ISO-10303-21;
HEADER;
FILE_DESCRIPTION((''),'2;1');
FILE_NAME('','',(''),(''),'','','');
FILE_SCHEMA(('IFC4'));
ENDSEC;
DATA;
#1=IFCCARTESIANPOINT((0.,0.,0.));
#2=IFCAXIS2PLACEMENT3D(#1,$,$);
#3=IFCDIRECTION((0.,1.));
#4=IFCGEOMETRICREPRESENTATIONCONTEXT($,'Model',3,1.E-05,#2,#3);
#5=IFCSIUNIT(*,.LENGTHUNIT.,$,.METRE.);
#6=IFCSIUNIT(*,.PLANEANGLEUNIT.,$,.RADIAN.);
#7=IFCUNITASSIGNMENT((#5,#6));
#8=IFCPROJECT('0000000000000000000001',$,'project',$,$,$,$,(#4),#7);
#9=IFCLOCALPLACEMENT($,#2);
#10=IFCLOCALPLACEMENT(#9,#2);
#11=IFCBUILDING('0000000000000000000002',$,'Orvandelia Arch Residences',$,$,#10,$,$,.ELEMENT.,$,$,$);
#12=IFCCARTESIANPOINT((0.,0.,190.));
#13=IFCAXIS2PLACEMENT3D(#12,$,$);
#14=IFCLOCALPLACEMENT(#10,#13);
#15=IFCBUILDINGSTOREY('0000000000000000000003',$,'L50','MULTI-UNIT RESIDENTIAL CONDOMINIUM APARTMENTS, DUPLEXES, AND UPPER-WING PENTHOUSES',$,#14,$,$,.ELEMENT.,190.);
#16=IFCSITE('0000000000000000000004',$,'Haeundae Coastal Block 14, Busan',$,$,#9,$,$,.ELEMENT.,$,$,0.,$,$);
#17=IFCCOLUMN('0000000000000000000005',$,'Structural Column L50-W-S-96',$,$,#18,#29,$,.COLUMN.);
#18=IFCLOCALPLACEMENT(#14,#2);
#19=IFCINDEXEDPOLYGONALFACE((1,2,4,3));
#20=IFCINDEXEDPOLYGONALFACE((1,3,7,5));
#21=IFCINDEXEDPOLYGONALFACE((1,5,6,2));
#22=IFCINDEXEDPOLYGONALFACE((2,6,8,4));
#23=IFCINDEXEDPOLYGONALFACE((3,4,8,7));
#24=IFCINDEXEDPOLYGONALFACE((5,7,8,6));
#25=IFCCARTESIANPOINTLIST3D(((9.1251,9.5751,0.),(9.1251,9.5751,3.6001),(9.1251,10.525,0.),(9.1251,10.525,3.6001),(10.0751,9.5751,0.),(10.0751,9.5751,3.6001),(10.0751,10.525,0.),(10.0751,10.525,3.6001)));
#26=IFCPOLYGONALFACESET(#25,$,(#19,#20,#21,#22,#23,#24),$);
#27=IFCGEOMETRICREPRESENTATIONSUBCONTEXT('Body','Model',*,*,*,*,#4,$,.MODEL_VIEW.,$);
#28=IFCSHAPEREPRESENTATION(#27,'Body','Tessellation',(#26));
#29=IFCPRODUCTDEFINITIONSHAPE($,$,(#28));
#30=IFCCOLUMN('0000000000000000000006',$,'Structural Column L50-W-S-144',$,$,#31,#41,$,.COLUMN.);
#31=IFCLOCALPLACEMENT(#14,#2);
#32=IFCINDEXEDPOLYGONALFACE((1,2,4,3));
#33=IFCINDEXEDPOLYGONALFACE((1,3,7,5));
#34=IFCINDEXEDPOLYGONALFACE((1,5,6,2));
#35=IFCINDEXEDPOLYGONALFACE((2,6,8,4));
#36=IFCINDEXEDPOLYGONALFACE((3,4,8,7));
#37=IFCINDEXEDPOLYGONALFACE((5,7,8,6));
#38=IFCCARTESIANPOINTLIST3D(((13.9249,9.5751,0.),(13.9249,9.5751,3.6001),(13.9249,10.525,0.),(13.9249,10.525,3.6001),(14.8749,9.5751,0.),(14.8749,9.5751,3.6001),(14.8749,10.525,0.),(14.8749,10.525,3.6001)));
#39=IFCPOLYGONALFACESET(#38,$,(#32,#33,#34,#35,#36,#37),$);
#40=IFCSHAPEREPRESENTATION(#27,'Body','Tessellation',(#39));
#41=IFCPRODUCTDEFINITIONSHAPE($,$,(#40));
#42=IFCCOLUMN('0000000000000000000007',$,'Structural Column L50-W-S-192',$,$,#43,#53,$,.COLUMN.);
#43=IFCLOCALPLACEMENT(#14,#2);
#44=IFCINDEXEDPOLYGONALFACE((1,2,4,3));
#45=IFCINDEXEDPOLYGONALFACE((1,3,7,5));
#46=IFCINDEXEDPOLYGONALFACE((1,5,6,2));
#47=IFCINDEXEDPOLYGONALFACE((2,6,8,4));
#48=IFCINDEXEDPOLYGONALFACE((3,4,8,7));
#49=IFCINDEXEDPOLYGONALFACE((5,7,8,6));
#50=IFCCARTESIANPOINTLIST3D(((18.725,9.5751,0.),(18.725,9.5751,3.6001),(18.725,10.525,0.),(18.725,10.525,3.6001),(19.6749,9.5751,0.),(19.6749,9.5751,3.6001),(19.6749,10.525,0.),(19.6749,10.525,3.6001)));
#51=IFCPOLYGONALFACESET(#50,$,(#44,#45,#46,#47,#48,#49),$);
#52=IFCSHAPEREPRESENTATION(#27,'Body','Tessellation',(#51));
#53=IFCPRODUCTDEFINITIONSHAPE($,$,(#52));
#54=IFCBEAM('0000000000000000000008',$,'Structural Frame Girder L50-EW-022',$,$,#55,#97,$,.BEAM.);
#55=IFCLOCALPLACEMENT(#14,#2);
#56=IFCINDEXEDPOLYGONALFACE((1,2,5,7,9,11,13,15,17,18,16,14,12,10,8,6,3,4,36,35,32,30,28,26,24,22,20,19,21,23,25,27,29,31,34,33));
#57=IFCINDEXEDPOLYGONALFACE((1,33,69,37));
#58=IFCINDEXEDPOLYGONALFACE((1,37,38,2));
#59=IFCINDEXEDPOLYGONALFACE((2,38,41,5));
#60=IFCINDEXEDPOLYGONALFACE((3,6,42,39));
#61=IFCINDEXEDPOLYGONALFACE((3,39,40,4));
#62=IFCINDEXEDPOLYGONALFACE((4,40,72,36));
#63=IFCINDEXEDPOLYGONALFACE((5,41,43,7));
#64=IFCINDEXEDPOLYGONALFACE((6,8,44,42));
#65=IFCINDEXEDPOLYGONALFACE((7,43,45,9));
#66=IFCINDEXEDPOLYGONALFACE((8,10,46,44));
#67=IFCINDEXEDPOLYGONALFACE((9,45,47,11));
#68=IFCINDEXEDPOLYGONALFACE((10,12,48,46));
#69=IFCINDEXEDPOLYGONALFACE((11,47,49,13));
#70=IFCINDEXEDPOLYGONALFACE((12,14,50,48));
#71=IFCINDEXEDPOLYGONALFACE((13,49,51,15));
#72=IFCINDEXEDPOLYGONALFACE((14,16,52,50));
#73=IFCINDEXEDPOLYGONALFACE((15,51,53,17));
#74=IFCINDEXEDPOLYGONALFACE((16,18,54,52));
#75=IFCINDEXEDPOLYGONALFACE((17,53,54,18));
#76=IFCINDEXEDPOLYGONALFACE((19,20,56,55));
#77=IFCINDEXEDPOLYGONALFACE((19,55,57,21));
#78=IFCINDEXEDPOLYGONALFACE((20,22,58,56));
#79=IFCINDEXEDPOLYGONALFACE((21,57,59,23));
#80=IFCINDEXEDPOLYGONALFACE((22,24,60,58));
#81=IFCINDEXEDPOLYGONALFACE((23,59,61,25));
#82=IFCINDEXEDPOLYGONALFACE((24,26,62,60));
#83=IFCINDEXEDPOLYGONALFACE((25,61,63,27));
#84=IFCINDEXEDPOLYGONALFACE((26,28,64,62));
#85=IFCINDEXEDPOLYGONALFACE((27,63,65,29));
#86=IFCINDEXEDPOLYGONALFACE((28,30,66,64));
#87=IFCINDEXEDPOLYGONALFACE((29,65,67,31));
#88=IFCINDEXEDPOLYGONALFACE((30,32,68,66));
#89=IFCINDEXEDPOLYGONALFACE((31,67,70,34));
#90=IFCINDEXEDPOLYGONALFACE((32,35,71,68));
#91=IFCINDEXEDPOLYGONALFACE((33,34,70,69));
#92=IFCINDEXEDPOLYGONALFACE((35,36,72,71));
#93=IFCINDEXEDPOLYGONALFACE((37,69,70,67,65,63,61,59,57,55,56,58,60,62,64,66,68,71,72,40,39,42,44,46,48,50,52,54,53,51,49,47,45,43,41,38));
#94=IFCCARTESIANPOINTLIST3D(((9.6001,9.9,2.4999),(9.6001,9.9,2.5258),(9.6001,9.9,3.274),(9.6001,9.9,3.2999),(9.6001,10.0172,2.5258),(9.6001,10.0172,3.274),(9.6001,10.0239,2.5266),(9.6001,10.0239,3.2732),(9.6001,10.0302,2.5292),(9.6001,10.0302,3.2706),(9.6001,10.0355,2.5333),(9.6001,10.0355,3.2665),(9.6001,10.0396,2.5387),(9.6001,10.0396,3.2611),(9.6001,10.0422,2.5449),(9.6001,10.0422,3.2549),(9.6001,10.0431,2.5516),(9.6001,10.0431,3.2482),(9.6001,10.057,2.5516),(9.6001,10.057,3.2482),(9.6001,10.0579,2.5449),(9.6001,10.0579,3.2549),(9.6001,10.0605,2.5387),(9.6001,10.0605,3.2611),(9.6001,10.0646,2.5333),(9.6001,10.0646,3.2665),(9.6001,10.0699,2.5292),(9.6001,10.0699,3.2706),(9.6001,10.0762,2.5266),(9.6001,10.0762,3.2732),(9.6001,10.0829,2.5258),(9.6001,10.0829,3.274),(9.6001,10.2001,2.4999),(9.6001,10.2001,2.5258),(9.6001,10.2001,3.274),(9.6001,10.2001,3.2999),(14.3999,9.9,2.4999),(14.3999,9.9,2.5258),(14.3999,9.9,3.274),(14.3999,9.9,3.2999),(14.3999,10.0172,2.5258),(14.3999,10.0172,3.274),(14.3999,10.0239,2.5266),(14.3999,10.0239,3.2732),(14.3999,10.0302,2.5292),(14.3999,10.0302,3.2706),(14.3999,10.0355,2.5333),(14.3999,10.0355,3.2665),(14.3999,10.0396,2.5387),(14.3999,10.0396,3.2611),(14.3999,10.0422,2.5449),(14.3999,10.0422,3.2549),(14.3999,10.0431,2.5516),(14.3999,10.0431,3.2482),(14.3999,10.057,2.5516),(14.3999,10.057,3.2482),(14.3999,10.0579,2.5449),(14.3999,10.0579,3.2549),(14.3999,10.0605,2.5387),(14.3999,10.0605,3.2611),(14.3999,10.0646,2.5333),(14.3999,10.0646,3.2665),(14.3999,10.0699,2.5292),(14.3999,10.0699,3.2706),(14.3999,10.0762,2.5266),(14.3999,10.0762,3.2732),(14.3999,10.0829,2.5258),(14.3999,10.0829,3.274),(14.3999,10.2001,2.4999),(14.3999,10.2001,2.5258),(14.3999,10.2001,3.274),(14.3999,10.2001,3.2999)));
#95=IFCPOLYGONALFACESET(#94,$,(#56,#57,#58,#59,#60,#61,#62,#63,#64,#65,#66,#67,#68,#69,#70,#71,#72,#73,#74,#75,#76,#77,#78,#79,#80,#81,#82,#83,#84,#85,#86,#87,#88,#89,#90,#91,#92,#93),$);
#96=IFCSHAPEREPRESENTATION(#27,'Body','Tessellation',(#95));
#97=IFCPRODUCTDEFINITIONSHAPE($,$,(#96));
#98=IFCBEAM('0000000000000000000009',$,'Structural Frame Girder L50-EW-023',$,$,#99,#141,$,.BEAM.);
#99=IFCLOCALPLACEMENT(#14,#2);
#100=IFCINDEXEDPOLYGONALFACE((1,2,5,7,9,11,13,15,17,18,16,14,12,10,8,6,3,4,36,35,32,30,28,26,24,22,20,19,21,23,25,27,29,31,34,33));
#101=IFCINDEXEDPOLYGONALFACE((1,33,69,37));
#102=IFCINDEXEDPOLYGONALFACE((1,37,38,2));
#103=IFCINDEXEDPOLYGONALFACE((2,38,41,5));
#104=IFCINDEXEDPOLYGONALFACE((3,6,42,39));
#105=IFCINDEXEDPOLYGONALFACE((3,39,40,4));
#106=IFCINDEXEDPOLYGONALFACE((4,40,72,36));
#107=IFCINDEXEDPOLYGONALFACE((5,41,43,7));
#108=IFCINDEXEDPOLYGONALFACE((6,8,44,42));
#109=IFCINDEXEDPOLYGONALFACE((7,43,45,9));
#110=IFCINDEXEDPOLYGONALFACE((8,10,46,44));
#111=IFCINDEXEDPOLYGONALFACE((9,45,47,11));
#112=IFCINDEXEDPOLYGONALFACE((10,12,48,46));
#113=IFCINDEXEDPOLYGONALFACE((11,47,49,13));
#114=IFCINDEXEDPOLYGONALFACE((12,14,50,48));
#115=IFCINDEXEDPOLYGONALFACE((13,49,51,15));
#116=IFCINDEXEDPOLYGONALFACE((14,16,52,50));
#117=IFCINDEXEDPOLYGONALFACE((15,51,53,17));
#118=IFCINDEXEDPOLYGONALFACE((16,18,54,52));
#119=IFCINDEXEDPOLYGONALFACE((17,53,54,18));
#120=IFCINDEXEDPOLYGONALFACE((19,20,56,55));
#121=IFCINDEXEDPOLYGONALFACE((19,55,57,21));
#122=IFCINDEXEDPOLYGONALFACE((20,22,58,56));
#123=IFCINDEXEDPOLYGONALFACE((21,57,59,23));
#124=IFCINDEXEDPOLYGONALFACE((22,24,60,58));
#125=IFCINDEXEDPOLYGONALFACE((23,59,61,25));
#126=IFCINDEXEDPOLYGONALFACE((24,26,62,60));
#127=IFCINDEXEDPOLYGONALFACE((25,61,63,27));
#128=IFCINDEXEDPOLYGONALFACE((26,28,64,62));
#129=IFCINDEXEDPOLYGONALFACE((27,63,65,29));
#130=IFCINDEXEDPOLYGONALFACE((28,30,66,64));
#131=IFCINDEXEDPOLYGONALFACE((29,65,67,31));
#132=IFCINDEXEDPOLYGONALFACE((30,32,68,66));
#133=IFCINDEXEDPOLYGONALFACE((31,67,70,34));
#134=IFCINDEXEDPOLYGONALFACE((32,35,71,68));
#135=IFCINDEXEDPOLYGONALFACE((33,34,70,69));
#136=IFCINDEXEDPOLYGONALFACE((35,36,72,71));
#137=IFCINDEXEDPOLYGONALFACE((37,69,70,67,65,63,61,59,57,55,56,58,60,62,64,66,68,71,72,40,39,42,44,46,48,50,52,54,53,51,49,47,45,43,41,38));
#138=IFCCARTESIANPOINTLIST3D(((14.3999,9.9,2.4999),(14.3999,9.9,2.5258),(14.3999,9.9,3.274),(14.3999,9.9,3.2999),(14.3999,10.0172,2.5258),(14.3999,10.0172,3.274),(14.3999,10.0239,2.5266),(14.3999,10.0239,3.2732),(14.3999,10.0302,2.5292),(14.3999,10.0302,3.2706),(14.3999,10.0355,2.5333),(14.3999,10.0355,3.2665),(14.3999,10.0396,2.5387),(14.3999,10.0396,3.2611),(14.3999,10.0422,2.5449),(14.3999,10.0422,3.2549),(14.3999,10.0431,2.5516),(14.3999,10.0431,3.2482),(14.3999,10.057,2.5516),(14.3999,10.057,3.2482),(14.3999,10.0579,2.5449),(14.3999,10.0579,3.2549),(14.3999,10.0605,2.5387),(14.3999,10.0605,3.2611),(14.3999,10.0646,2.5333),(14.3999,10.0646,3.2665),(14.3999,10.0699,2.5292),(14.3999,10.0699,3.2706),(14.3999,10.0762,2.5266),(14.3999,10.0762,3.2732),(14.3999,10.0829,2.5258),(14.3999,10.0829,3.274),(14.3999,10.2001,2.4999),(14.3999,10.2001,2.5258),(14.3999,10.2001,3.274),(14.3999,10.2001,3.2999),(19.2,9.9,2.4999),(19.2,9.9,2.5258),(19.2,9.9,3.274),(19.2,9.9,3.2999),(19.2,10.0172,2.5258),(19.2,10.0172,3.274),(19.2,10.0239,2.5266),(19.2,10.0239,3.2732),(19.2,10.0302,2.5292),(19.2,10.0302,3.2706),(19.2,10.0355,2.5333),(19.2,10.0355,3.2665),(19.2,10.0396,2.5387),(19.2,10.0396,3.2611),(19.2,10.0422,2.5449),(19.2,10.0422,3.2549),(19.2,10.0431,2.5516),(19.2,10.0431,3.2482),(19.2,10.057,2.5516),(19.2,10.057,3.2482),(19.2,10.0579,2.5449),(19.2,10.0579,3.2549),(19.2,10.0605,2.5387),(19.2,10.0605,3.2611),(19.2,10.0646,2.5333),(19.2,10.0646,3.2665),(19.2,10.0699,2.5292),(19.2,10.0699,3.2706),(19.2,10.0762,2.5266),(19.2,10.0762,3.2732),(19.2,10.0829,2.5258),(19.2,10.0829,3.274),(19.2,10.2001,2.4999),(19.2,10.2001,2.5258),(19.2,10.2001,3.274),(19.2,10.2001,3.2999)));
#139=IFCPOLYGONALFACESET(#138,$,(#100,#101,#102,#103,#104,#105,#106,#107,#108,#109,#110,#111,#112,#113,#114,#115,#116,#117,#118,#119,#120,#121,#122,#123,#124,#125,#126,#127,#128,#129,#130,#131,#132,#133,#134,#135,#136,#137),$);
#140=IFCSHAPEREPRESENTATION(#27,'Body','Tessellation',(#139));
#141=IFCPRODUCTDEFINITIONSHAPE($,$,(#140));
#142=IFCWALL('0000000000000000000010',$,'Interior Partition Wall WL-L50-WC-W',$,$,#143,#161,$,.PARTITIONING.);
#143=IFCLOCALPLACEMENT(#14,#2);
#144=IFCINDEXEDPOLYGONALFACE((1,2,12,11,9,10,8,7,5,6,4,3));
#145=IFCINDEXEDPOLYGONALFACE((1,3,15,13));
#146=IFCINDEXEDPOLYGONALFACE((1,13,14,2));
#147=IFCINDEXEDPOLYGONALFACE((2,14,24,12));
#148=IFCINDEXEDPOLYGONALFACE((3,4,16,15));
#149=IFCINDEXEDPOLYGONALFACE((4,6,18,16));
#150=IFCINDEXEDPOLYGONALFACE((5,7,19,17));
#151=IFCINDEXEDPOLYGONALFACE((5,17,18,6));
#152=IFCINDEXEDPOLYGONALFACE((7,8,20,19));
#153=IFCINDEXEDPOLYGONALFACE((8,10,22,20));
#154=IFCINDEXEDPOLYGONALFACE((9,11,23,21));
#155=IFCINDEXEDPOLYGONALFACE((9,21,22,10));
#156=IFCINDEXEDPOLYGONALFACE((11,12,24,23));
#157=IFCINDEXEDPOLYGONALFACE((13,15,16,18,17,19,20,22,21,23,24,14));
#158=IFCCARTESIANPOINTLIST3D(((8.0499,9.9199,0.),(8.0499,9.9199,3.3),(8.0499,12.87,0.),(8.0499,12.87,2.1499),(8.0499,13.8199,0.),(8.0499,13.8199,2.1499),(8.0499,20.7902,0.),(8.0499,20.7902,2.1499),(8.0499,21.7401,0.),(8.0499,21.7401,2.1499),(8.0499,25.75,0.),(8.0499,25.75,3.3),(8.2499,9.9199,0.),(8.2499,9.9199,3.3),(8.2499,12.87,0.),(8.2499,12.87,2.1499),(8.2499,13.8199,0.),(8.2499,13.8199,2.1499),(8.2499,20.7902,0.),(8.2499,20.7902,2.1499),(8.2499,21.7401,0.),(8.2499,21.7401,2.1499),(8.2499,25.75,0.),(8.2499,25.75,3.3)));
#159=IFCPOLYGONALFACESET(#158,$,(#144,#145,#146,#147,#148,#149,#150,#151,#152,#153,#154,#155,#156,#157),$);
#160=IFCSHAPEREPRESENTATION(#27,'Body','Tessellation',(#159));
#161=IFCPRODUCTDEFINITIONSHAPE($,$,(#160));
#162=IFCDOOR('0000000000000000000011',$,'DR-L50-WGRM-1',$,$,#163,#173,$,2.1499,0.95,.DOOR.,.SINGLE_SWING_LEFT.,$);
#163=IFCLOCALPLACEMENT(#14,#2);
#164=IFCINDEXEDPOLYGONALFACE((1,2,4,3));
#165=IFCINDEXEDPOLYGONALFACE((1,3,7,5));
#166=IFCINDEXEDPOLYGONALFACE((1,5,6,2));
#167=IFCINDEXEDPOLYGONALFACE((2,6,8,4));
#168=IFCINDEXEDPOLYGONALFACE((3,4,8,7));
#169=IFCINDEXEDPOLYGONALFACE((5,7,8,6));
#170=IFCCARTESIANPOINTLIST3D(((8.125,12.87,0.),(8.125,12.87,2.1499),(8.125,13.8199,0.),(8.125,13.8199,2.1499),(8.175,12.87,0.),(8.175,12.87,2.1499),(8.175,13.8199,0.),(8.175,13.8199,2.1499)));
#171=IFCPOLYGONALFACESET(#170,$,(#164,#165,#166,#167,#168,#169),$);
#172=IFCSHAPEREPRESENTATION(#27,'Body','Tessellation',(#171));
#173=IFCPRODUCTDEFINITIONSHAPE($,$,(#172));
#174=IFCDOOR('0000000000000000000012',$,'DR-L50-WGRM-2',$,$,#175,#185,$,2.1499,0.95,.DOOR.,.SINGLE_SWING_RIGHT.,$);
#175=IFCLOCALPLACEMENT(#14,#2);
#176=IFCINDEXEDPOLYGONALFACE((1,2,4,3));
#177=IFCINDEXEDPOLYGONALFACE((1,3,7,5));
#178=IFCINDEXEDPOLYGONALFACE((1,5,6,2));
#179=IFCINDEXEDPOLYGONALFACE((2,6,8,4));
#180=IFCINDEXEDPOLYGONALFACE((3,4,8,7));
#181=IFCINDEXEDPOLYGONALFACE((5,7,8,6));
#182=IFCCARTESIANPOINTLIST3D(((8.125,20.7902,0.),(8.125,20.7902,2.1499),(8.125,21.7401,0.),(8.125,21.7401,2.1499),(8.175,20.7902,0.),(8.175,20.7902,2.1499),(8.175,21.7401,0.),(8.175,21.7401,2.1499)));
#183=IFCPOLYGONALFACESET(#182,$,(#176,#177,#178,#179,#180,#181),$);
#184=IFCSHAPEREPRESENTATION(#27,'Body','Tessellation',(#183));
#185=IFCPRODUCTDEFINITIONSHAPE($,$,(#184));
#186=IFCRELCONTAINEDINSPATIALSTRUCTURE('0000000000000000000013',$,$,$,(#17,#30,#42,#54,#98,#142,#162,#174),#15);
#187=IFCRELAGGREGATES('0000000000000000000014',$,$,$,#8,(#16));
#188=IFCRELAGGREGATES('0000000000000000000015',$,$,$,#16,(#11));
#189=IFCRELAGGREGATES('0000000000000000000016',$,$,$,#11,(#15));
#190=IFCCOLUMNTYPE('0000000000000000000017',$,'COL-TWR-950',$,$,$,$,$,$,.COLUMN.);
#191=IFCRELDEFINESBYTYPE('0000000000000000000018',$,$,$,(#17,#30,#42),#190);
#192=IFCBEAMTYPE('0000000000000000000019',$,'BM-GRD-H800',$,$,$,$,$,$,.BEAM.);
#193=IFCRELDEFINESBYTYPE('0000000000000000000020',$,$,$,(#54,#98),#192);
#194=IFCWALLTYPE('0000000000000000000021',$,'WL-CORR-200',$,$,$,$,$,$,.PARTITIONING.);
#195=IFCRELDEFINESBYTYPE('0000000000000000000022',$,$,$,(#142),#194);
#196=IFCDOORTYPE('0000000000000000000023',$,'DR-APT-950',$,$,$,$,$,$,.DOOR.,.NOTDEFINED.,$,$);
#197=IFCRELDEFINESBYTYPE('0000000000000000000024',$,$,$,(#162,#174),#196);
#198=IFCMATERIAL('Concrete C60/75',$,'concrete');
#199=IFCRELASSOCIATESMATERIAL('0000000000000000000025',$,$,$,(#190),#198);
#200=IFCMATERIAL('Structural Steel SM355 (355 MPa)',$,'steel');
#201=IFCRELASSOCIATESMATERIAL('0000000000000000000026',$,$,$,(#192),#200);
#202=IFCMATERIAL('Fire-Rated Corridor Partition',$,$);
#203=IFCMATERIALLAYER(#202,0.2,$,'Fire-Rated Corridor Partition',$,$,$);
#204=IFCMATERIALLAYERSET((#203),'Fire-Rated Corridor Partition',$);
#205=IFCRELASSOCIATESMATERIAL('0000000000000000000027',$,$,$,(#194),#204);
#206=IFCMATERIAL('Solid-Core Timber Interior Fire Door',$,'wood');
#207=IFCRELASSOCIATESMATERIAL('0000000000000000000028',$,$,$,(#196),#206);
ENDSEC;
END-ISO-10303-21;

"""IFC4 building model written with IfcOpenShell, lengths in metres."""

from ifc_helpers import new_model, si_unit, direction, frame, frame_2d, origin, origin_2d, place, context, subcontext, project, spatial, rectangle, i_section, extrude, material, layer, layer_set, material_profile, profile_set, type_object, element, fill, save


model = new_model("IFC4")

# Units and contexts
model_context = context("Model", 3, precision=1e-05, world=origin(), true_north=direction((0.0, 1.0)))
body_context = subcontext(model_context, "Body", "Model", "MODEL_VIEW")
ifc_project = project(units=[si_unit("LENGTHUNIT", "METRE"), si_unit("PLANEANGLEUNIT", "RADIAN")], contexts=[model_context])

# Site, building, storey
site_placement = place(None, origin())
site = spatial("IfcSite", under=ifc_project, at=site_placement, Name="Haeundae Coastal Block 14, Busan", CompositionType="ELEMENT", RefElevation=0.0)
building_placement = place(site_placement, origin())
building = spatial("IfcBuilding", under=site, at=building_placement, Name="Orvandelia Arch Residences", CompositionType="ELEMENT")
storey_placement = place(building_placement, frame((0.0, 0.0, 190.0)))
storey = spatial("IfcBuildingStorey", under=building, at=storey_placement, Name="L50", Description="MULTI-UNIT RESIDENTIAL CONDOMINIUM APARTMENTS, DUPLEXES, AND UPPER-WING PENTHOUSES", CompositionType="ELEMENT", Elevation=190.0)

# Columns
ifc_material_1 = material(Name="Concrete C60/75", Category="concrete")
ifc_material_profile_1 = material_profile(ifc_material_1, rectangle(XDim=0.95, YDim=0.95, at=origin_2d()), Name="Concrete C60/75", Category="concrete")
ifc_profile_set_1 = profile_set([ifc_material_profile_1], Name="Concrete C60/75")
column_type = type_object("IfcColumnType", Name="COL-TWR-950", PredefinedType="COLUMN", material=ifc_profile_set_1)
for number, where, z_axis, x_axis, name in (
    (1, (9.6001, 10.05, 0.0), (0.0, 0.0, 1.0), (1.0, 0.0, 0.0), "Structural Column L50-W-S-96"),
    (2, (14.3999, 10.05, 0.0), (0.0, 0.0, 1.0), (1.0, 0.0, 0.0), "Structural Column L50-W-S-144"),
    (3, (19.2, 10.05, 0.0), (0.0, 0.0, 1.0), (1.0, 0.0, 0.0), "Structural Column L50-W-S-192"),
):
    element("IfcColumn", number, at=place(storey_placement, frame(where, z_axis=z_axis, x_axis=x_axis)), inside=storey, type_object=column_type, Name=name, PredefinedType="COLUMN", context=body_context, shape_type="SweptSolid", body=[
        extrude(rectangle(XDim=0.95, YDim=0.95, at=origin_2d()), origin(), (0.0, 0.0, 1.0), 3.6001),
    ])

# Beams
ifc_material_2 = material(Name="Structural Steel SM355 (355 MPa)", Category="steel")
ifc_material_profile_2 = material_profile(ifc_material_2, i_section(OverallWidth=0.3, OverallDepth=0.8, WebThickness=0.0139, FlangeThickness=0.0259, FilletRadius=0.0259, at=origin_2d()), Name="Structural Steel SM355 (355 MPa)", Category="steel")
ifc_profile_set_2 = profile_set([ifc_material_profile_2], Name="Structural Steel SM355 (355 MPa)")
beam_type = type_object("IfcBeamType", Name="BM-GRD-H800", PredefinedType="BEAM", material=ifc_profile_set_2)
beam_1_placement = place(storey_placement, frame((9.6001, 10.05, 2.8999), z_axis=(1.0, 0.0, 0.0), x_axis=(0.0, 1.0, 0.0)))
element("IfcBeam", 4, at=beam_1_placement, inside=storey, type_object=beam_type, Name="Structural Frame Girder L50-EW-022", PredefinedType="BEAM", context=body_context, shape_type="SweptSolid", body=[
    extrude(i_section(OverallWidth=0.3, OverallDepth=0.8, WebThickness=0.0139, FlangeThickness=0.0259, FilletRadius=0.0259, at=origin_2d()), origin(), (0.0, 0.0, 1.0), 4.7998),
])
beam_2_placement = place(storey_placement, frame((14.3999, 10.05, 2.8999), z_axis=(1.0, 0.0, 0.0), x_axis=(0.0, 1.0, 0.0)))
element("IfcBeam", 5, at=beam_2_placement, inside=storey, type_object=beam_type, Name="Structural Frame Girder L50-EW-023", PredefinedType="BEAM", context=body_context, shape_type="SweptSolid", body=[
    extrude(i_section(OverallWidth=0.3, OverallDepth=0.8, WebThickness=0.0139, FlangeThickness=0.0259, FilletRadius=0.0259, at=origin_2d()), origin(), (0.0, 0.0, 1.0), 4.8),
])

# Wall, openings, doors
ifc_material_3 = material(Name="Fire-Rated Corridor Partition")
ifc_layer_1 = layer(ifc_material_3, 0.2, Name="Fire-Rated Corridor Partition")
ifc_layer_set_1 = layer_set([ifc_layer_1], Name="Fire-Rated Corridor Partition")
wall_type_1 = type_object("IfcWallType", Name="WL-CORR-200", PredefinedType="PARTITIONING", material=ifc_layer_set_1)
wall_1_placement = place(storey_placement, frame((8.1499, 9.9199, 0.0), z_axis=(0.0, 0.0, 1.0), x_axis=(0.0, 1.0, 0.0)))
wall_1 = element("IfcWall", 6, at=wall_1_placement, inside=storey, type_object=wall_type_1, Name="Interior Partition Wall WL-L50-WC-W", PredefinedType="PARTITIONING", context=body_context, shape_type="SweptSolid", body=[
    extrude(rectangle(XDim=15.8301, YDim=0.2, at=frame_2d((7.915, 0.0))), origin(), (0.0, 0.0, 1.0), 3.3),
])
opening_1_placement = place(wall_1_placement, frame((2.95, 0.0, 0.0)))
opening_1 = element("IfcOpeningElement", 7, at=opening_1_placement, cuts=wall_1, PredefinedType="OPENING", context=body_context, shape_type="SweptSolid", body=[
    extrude(rectangle(XDim=0.95, YDim=2.1499, at=frame_2d((0.4751, 1.075))), frame((0.0, 0.1099, 0.0), z_axis=(0.0, -1.0, 0.0), x_axis=(1.0, 0.0, 0.0)), (0.0, 0.0, 1.0), 0.22),
])
opening_2_placement = place(wall_1_placement, frame((10.8701, 0.0, 0.0)))
opening_2 = element("IfcOpeningElement", 8, at=opening_2_placement, cuts=wall_1, PredefinedType="OPENING", context=body_context, shape_type="SweptSolid", body=[
    extrude(rectangle(XDim=0.95, YDim=2.1499, at=frame_2d((0.4751, 1.075))), frame((0.0, 0.1099, 0.0), z_axis=(0.0, -1.0, 0.0), x_axis=(1.0, 0.0, 0.0)), (0.0, 0.0, 1.0), 0.22),
])
ifc_material_4 = material(Name="Solid-Core Timber Interior Fire Door", Category="wood")
door_type_1 = type_object("IfcDoorType", Name="DR-APT-950", OperationType="NOTDEFINED", PredefinedType="DOOR", material=ifc_material_4)
door_1_placement = place(opening_1_placement, origin())
door_1 = element("IfcDoor", 9, at=door_1_placement, inside=storey, type_object=door_type_1, Name="DR-L50-WGRM-1", OperationType="SINGLE_SWING_LEFT", OverallHeight=2.1499, OverallWidth=0.95, PredefinedType="DOOR", context=body_context, shape_type="SweptSolid", body=[
    extrude(rectangle(XDim=0.95, YDim=2.1499, at=frame_2d((0.4751, 1.075))), frame((0.0, 0.0249, 0.0), z_axis=(0.0, -1.0, 0.0), x_axis=(1.0, 0.0, 0.0)), (0.0, 0.0, 1.0), 0.05),
])
fill(opening_1, door_1)
door_2_placement = place(opening_2_placement, origin())
door_2 = element("IfcDoor", 10, at=door_2_placement, inside=storey, type_object=door_type_1, Name="DR-L50-WGRM-2", OperationType="SINGLE_SWING_RIGHT", OverallHeight=2.1499, OverallWidth=0.95, PredefinedType="DOOR", context=body_context, shape_type="SweptSolid", body=[
    extrude(rectangle(XDim=0.95, YDim=2.1499, at=frame_2d((0.4751, 1.075))), frame((0.0, 0.0249, 0.0), z_axis=(0.0, -1.0, 0.0), x_axis=(1.0, 0.0, 0.0)), (0.0, 0.0, 1.0), 0.05),
])
fill(opening_2, door_2)

save(model, "model.ifc")
